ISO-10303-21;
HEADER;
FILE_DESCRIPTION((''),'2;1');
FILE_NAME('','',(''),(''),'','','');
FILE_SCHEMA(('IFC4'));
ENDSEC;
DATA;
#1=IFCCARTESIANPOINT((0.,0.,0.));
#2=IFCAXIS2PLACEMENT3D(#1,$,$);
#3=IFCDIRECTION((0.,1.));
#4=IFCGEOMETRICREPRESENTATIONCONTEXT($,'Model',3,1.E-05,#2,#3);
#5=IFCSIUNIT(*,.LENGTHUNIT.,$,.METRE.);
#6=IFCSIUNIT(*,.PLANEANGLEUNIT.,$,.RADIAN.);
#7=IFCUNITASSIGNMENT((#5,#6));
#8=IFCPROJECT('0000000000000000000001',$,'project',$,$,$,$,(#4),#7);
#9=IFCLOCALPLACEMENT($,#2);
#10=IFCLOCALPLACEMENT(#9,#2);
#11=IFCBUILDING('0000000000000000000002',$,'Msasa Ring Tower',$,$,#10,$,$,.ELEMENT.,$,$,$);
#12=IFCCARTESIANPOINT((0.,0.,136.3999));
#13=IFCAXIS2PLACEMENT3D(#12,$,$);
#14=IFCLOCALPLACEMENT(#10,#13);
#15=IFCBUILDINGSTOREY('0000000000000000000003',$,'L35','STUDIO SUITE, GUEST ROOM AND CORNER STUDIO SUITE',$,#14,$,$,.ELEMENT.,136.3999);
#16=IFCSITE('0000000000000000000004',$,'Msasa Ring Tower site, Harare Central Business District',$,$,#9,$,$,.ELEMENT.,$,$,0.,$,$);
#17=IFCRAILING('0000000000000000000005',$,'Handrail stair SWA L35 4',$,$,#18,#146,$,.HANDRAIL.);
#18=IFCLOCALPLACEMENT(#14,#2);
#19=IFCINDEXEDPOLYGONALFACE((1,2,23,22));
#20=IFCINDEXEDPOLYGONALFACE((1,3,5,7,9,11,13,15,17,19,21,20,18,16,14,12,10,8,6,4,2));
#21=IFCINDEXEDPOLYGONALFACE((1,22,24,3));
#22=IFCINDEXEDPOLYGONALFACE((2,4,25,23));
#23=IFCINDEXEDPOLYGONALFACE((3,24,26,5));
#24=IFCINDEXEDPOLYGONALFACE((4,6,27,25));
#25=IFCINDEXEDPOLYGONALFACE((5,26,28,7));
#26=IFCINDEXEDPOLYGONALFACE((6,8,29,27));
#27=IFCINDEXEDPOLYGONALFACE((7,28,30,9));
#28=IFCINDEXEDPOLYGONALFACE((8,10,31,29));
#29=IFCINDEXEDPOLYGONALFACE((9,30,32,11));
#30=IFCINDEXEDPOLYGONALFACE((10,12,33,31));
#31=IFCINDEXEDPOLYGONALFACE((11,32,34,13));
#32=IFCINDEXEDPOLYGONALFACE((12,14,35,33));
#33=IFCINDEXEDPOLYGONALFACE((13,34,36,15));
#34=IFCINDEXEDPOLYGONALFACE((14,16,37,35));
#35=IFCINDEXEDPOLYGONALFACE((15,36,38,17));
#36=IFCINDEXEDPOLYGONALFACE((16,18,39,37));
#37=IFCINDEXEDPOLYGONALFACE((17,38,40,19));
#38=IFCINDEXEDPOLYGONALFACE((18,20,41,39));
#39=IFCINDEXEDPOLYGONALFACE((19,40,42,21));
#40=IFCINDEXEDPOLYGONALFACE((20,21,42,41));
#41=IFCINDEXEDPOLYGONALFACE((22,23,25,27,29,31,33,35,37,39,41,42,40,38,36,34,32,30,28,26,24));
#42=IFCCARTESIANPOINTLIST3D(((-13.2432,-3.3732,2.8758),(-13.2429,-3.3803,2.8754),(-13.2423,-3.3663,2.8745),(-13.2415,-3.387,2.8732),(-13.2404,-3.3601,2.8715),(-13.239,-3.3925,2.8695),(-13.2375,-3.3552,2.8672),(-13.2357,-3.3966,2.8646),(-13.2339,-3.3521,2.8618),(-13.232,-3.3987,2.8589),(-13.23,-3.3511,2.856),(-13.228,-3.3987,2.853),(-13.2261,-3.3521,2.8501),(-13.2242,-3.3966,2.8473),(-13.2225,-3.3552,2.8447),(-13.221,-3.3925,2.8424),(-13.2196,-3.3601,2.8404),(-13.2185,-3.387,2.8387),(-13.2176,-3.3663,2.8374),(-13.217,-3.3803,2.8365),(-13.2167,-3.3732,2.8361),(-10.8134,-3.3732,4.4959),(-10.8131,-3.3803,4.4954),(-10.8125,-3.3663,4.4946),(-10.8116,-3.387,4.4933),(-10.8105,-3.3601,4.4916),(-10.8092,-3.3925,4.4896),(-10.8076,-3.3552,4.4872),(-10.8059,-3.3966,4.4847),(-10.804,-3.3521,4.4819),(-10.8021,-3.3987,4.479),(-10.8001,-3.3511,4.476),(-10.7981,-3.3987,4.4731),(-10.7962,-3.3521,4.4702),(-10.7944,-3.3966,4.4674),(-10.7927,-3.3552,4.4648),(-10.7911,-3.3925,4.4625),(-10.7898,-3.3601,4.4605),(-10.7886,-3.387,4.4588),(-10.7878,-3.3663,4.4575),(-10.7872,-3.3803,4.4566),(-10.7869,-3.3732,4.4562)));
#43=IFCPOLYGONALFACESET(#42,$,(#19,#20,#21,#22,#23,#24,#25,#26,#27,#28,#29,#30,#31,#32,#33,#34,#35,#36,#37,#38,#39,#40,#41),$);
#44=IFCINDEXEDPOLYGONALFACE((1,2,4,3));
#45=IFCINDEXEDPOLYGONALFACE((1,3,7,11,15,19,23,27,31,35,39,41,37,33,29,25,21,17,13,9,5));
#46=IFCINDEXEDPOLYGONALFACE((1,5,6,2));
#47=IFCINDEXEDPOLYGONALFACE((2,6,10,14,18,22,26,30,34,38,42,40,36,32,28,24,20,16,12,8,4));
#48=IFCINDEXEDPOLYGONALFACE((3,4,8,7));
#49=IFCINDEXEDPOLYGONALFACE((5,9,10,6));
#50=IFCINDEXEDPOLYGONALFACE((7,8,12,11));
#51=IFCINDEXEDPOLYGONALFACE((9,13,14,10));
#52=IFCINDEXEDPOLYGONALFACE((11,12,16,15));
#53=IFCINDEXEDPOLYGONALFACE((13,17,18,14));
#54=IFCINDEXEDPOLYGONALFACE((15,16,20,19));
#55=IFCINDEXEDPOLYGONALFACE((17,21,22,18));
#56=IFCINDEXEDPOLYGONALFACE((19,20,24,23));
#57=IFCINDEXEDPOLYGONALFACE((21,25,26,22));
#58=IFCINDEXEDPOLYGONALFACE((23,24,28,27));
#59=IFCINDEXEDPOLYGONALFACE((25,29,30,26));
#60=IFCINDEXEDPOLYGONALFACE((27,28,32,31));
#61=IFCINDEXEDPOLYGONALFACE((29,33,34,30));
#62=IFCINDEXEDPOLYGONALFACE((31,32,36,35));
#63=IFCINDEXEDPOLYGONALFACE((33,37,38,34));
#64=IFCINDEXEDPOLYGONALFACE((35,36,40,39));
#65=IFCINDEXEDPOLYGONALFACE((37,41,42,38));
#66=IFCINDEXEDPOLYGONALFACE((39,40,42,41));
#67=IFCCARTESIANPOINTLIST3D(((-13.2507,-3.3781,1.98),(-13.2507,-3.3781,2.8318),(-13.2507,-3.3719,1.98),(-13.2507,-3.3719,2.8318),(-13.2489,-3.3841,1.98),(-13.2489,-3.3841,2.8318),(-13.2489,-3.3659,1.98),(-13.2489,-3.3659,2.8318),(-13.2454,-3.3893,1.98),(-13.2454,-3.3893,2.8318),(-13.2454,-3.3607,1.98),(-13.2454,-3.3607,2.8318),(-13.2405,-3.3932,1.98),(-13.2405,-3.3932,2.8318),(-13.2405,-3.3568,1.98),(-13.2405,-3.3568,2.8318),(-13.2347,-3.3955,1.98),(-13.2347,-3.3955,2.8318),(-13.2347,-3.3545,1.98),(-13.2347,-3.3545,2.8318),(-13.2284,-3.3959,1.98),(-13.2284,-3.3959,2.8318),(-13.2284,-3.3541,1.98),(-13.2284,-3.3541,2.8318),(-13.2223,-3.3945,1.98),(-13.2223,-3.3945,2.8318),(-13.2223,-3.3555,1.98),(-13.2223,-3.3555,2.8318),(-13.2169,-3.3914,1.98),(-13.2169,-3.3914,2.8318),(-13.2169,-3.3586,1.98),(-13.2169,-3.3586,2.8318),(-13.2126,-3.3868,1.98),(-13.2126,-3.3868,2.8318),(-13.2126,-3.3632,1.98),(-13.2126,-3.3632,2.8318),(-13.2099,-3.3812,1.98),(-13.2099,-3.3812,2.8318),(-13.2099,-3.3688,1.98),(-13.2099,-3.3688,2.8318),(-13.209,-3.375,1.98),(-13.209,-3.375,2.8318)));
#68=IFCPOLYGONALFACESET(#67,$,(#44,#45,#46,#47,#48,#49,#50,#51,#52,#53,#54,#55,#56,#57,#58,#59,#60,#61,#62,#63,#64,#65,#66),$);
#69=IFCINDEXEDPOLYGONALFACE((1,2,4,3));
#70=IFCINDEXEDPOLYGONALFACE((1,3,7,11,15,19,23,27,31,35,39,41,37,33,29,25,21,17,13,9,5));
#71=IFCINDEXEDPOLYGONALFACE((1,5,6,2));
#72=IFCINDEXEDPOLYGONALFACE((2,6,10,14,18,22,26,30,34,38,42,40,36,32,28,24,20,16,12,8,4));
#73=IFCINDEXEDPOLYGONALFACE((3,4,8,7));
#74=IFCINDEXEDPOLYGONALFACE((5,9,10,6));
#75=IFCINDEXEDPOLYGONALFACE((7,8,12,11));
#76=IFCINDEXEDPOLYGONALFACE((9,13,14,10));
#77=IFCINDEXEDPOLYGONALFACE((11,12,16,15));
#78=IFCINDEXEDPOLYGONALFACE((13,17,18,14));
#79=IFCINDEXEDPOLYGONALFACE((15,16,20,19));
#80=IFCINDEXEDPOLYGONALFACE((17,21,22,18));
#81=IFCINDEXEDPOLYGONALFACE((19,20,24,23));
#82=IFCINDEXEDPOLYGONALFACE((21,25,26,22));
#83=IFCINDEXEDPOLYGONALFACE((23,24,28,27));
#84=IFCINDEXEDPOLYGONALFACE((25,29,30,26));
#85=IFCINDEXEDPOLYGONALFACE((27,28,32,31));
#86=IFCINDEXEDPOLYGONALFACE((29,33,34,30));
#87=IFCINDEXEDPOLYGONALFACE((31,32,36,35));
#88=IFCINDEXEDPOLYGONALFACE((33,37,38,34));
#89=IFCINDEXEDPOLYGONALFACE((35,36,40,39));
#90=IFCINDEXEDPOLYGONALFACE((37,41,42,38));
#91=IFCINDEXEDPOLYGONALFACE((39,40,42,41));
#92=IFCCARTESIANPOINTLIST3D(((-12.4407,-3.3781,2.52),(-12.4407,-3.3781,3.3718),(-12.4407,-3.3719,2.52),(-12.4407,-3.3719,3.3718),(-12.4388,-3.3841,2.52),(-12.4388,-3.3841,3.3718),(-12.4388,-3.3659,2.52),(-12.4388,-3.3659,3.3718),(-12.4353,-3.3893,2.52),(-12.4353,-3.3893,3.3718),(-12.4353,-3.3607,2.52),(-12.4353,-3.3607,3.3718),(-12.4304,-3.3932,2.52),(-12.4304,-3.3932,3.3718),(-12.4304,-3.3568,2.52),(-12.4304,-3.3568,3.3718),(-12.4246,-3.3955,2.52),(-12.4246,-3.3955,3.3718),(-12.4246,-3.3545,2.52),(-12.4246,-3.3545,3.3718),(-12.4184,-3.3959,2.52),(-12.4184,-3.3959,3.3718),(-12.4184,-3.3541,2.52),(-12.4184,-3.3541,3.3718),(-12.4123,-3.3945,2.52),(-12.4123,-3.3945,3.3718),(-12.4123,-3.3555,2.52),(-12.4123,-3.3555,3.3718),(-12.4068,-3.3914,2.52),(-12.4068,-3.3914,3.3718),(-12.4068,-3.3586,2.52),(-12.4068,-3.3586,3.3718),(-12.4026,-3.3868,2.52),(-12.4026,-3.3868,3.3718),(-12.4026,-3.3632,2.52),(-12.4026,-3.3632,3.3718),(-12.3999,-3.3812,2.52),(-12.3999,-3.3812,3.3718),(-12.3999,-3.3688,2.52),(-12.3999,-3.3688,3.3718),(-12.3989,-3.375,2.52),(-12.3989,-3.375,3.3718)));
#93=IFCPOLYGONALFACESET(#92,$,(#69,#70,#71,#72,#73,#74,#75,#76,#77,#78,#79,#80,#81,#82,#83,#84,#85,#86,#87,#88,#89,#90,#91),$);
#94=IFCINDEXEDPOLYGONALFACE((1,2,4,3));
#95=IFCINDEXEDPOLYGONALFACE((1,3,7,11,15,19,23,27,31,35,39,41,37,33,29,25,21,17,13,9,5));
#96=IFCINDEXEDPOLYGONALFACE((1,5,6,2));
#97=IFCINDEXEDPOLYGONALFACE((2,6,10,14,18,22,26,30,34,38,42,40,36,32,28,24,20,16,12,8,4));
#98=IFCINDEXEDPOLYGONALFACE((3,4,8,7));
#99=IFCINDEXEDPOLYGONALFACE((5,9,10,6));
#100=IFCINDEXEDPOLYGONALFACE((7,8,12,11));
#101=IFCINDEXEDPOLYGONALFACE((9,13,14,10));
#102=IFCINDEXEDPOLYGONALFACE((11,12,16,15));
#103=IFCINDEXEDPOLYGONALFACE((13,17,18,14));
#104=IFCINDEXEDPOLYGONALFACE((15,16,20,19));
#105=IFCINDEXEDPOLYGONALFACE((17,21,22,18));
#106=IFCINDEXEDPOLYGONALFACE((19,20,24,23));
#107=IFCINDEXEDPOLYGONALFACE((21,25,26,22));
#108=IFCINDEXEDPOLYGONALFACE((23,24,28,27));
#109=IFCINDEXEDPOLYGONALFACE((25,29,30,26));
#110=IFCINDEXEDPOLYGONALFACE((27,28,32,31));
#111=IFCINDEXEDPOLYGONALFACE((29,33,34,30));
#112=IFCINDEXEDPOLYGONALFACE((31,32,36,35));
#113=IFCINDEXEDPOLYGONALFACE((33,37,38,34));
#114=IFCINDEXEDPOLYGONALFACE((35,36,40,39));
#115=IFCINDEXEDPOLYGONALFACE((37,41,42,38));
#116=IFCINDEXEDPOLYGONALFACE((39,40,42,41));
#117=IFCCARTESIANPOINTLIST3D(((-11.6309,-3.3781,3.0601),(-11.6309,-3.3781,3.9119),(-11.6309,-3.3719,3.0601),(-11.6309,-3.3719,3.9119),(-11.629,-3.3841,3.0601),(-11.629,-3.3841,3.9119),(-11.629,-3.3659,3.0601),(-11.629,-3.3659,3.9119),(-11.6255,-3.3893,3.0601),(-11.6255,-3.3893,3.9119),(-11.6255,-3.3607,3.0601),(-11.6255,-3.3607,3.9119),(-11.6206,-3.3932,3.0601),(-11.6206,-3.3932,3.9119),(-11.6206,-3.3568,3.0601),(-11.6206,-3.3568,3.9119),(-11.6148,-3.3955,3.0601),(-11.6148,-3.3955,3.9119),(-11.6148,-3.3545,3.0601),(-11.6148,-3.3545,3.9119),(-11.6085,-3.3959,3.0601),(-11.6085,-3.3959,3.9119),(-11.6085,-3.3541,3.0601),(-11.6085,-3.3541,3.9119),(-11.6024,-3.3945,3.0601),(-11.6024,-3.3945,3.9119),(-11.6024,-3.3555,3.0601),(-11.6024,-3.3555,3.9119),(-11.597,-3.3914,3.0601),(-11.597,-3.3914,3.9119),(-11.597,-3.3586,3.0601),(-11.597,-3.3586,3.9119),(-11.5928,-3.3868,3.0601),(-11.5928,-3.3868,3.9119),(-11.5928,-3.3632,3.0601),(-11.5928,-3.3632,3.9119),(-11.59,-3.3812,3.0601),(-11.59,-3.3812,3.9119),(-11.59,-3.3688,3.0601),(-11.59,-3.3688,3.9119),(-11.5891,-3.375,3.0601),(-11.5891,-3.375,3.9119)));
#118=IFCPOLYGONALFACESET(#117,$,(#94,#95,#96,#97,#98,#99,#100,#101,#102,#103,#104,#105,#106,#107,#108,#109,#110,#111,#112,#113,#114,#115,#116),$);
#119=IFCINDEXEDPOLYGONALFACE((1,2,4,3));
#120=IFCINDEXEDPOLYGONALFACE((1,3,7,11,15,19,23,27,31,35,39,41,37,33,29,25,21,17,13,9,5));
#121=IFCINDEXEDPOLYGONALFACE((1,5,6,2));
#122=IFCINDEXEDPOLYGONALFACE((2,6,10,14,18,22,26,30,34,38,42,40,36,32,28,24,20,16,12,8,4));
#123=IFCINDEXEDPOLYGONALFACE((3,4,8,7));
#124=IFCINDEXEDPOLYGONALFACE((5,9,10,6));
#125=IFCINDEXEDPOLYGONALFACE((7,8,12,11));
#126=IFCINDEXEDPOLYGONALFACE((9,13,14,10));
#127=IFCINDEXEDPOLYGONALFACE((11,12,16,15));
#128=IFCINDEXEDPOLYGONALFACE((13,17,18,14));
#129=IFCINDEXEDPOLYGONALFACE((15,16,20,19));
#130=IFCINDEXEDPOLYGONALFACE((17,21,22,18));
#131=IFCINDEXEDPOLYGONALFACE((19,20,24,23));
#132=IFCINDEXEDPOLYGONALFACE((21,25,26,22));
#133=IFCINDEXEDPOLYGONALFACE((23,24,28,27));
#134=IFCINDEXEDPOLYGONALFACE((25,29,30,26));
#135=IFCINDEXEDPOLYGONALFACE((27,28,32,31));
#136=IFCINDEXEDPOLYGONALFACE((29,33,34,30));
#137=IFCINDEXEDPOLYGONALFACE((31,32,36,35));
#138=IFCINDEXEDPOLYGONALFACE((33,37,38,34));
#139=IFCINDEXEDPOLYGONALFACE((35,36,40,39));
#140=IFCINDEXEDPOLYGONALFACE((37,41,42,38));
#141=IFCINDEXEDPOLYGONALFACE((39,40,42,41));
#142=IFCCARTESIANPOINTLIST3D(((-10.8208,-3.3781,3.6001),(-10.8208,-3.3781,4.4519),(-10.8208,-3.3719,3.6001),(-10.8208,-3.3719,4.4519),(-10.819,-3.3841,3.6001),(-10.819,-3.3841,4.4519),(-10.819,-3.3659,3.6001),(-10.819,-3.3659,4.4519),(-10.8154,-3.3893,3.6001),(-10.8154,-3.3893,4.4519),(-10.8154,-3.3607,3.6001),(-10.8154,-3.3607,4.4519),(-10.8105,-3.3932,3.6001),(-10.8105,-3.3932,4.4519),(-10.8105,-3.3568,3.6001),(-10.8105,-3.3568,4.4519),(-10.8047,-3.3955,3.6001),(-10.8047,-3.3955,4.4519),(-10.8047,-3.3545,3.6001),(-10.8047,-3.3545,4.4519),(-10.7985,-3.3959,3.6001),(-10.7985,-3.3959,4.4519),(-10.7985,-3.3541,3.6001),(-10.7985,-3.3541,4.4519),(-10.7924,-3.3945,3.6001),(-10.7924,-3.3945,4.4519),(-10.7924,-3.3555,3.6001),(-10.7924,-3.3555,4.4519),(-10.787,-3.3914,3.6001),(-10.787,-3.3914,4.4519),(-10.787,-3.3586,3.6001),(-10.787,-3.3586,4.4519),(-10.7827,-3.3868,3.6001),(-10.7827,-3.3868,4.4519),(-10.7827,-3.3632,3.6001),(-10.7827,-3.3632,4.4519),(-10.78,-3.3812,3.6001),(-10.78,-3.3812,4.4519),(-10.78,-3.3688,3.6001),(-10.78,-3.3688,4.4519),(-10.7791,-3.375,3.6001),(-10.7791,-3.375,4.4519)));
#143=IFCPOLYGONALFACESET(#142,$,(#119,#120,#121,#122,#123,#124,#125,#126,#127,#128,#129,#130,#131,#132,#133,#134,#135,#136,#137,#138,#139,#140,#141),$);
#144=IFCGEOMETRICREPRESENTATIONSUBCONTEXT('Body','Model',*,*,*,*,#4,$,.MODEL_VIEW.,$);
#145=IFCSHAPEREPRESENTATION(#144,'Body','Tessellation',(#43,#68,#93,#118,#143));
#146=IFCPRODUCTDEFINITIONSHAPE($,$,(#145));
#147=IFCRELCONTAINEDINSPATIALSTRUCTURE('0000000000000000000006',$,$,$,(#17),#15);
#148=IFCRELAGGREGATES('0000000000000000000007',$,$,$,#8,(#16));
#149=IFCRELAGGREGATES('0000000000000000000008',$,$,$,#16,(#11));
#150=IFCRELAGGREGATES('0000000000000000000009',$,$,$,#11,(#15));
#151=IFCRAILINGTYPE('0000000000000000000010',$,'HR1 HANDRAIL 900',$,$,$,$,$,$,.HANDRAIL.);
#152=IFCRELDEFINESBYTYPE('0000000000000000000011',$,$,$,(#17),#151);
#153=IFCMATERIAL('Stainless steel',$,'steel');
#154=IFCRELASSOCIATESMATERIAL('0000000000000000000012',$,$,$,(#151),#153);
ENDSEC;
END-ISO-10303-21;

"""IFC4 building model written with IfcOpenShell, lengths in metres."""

from ifc_helpers import new_model, si_unit, direction, frame, origin, origin_2d, place, context, subcontext, project, spatial, circle, extrude, material, type_object, element, save


model = new_model("IFC4")

# Units and contexts
model_context = context("Model", 3, precision=1e-05, world=origin(), true_north=direction((0.0, 1.0)))
body_context = subcontext(model_context, "Body", "Model", "MODEL_VIEW")
ifc_project = project(units=[si_unit("LENGTHUNIT", "METRE"), si_unit("PLANEANGLEUNIT", "RADIAN")], contexts=[model_context])

# Site, building, storey
site_placement = place(None, origin())
site = spatial("IfcSite", under=ifc_project, at=site_placement, Name="Msasa Ring Tower site, Harare Central Business District", CompositionType="ELEMENT", RefElevation=0.0)
building_placement = place(site_placement, origin())
building = spatial("IfcBuilding", under=site, at=building_placement, Name="Msasa Ring Tower", CompositionType="ELEMENT")
storey_placement = place(building_placement, frame((0.0, 0.0, 136.3999)))
storey = spatial("IfcBuildingStorey", under=building, at=storey_placement, Name="L35", Description="STUDIO SUITE, GUEST ROOM AND CORNER STUDIO SUITE", CompositionType="ELEMENT", Elevation=136.3999)

# Railing
ifc_material_1 = material(Name="Stainless steel", Category="steel")
railing_type = type_object("IfcRailingType", Name="HR1 HANDRAIL 900", PredefinedType="HANDRAIL", material=ifc_material_1)
railing_placement = place(storey_placement, frame((-13.23, -3.375, 1.98)))
element("IfcRailing", 1, at=railing_placement, inside=storey, type_object=railing_type, Name="Handrail stair SWA L35 4", PredefinedType="HANDRAIL", context=body_context, shape_type="SweptSolid", body=[
    extrude(circle(Radius=0.0239, at=origin_2d()), frame((0.0, 0.0, 0.876), z_axis=(0.832025, 0.0, 0.554739), x_axis=(0.0, 1.0, 0.0)), (0.0, 0.0, 1.0), 2.9204),
    extrude(circle(Radius=0.021, at=origin_2d()), origin(), (0.0, 0.0, 1.0), 0.8518),
    extrude(circle(Radius=0.021, at=origin_2d()), frame((0.8101, 0.0, 0.54)), (0.0, 0.0, 1.0), 0.8518),
    extrude(circle(Radius=0.021, at=origin_2d()), frame((1.6199, 0.0, 1.0801)), (0.0, 0.0, 1.0), 0.8518),
    extrude(circle(Radius=0.021, at=origin_2d()), frame((2.4299, 0.0, 1.6201)), (0.0, 0.0, 1.0), 0.8518),
])

save(model, "model.ifc")
